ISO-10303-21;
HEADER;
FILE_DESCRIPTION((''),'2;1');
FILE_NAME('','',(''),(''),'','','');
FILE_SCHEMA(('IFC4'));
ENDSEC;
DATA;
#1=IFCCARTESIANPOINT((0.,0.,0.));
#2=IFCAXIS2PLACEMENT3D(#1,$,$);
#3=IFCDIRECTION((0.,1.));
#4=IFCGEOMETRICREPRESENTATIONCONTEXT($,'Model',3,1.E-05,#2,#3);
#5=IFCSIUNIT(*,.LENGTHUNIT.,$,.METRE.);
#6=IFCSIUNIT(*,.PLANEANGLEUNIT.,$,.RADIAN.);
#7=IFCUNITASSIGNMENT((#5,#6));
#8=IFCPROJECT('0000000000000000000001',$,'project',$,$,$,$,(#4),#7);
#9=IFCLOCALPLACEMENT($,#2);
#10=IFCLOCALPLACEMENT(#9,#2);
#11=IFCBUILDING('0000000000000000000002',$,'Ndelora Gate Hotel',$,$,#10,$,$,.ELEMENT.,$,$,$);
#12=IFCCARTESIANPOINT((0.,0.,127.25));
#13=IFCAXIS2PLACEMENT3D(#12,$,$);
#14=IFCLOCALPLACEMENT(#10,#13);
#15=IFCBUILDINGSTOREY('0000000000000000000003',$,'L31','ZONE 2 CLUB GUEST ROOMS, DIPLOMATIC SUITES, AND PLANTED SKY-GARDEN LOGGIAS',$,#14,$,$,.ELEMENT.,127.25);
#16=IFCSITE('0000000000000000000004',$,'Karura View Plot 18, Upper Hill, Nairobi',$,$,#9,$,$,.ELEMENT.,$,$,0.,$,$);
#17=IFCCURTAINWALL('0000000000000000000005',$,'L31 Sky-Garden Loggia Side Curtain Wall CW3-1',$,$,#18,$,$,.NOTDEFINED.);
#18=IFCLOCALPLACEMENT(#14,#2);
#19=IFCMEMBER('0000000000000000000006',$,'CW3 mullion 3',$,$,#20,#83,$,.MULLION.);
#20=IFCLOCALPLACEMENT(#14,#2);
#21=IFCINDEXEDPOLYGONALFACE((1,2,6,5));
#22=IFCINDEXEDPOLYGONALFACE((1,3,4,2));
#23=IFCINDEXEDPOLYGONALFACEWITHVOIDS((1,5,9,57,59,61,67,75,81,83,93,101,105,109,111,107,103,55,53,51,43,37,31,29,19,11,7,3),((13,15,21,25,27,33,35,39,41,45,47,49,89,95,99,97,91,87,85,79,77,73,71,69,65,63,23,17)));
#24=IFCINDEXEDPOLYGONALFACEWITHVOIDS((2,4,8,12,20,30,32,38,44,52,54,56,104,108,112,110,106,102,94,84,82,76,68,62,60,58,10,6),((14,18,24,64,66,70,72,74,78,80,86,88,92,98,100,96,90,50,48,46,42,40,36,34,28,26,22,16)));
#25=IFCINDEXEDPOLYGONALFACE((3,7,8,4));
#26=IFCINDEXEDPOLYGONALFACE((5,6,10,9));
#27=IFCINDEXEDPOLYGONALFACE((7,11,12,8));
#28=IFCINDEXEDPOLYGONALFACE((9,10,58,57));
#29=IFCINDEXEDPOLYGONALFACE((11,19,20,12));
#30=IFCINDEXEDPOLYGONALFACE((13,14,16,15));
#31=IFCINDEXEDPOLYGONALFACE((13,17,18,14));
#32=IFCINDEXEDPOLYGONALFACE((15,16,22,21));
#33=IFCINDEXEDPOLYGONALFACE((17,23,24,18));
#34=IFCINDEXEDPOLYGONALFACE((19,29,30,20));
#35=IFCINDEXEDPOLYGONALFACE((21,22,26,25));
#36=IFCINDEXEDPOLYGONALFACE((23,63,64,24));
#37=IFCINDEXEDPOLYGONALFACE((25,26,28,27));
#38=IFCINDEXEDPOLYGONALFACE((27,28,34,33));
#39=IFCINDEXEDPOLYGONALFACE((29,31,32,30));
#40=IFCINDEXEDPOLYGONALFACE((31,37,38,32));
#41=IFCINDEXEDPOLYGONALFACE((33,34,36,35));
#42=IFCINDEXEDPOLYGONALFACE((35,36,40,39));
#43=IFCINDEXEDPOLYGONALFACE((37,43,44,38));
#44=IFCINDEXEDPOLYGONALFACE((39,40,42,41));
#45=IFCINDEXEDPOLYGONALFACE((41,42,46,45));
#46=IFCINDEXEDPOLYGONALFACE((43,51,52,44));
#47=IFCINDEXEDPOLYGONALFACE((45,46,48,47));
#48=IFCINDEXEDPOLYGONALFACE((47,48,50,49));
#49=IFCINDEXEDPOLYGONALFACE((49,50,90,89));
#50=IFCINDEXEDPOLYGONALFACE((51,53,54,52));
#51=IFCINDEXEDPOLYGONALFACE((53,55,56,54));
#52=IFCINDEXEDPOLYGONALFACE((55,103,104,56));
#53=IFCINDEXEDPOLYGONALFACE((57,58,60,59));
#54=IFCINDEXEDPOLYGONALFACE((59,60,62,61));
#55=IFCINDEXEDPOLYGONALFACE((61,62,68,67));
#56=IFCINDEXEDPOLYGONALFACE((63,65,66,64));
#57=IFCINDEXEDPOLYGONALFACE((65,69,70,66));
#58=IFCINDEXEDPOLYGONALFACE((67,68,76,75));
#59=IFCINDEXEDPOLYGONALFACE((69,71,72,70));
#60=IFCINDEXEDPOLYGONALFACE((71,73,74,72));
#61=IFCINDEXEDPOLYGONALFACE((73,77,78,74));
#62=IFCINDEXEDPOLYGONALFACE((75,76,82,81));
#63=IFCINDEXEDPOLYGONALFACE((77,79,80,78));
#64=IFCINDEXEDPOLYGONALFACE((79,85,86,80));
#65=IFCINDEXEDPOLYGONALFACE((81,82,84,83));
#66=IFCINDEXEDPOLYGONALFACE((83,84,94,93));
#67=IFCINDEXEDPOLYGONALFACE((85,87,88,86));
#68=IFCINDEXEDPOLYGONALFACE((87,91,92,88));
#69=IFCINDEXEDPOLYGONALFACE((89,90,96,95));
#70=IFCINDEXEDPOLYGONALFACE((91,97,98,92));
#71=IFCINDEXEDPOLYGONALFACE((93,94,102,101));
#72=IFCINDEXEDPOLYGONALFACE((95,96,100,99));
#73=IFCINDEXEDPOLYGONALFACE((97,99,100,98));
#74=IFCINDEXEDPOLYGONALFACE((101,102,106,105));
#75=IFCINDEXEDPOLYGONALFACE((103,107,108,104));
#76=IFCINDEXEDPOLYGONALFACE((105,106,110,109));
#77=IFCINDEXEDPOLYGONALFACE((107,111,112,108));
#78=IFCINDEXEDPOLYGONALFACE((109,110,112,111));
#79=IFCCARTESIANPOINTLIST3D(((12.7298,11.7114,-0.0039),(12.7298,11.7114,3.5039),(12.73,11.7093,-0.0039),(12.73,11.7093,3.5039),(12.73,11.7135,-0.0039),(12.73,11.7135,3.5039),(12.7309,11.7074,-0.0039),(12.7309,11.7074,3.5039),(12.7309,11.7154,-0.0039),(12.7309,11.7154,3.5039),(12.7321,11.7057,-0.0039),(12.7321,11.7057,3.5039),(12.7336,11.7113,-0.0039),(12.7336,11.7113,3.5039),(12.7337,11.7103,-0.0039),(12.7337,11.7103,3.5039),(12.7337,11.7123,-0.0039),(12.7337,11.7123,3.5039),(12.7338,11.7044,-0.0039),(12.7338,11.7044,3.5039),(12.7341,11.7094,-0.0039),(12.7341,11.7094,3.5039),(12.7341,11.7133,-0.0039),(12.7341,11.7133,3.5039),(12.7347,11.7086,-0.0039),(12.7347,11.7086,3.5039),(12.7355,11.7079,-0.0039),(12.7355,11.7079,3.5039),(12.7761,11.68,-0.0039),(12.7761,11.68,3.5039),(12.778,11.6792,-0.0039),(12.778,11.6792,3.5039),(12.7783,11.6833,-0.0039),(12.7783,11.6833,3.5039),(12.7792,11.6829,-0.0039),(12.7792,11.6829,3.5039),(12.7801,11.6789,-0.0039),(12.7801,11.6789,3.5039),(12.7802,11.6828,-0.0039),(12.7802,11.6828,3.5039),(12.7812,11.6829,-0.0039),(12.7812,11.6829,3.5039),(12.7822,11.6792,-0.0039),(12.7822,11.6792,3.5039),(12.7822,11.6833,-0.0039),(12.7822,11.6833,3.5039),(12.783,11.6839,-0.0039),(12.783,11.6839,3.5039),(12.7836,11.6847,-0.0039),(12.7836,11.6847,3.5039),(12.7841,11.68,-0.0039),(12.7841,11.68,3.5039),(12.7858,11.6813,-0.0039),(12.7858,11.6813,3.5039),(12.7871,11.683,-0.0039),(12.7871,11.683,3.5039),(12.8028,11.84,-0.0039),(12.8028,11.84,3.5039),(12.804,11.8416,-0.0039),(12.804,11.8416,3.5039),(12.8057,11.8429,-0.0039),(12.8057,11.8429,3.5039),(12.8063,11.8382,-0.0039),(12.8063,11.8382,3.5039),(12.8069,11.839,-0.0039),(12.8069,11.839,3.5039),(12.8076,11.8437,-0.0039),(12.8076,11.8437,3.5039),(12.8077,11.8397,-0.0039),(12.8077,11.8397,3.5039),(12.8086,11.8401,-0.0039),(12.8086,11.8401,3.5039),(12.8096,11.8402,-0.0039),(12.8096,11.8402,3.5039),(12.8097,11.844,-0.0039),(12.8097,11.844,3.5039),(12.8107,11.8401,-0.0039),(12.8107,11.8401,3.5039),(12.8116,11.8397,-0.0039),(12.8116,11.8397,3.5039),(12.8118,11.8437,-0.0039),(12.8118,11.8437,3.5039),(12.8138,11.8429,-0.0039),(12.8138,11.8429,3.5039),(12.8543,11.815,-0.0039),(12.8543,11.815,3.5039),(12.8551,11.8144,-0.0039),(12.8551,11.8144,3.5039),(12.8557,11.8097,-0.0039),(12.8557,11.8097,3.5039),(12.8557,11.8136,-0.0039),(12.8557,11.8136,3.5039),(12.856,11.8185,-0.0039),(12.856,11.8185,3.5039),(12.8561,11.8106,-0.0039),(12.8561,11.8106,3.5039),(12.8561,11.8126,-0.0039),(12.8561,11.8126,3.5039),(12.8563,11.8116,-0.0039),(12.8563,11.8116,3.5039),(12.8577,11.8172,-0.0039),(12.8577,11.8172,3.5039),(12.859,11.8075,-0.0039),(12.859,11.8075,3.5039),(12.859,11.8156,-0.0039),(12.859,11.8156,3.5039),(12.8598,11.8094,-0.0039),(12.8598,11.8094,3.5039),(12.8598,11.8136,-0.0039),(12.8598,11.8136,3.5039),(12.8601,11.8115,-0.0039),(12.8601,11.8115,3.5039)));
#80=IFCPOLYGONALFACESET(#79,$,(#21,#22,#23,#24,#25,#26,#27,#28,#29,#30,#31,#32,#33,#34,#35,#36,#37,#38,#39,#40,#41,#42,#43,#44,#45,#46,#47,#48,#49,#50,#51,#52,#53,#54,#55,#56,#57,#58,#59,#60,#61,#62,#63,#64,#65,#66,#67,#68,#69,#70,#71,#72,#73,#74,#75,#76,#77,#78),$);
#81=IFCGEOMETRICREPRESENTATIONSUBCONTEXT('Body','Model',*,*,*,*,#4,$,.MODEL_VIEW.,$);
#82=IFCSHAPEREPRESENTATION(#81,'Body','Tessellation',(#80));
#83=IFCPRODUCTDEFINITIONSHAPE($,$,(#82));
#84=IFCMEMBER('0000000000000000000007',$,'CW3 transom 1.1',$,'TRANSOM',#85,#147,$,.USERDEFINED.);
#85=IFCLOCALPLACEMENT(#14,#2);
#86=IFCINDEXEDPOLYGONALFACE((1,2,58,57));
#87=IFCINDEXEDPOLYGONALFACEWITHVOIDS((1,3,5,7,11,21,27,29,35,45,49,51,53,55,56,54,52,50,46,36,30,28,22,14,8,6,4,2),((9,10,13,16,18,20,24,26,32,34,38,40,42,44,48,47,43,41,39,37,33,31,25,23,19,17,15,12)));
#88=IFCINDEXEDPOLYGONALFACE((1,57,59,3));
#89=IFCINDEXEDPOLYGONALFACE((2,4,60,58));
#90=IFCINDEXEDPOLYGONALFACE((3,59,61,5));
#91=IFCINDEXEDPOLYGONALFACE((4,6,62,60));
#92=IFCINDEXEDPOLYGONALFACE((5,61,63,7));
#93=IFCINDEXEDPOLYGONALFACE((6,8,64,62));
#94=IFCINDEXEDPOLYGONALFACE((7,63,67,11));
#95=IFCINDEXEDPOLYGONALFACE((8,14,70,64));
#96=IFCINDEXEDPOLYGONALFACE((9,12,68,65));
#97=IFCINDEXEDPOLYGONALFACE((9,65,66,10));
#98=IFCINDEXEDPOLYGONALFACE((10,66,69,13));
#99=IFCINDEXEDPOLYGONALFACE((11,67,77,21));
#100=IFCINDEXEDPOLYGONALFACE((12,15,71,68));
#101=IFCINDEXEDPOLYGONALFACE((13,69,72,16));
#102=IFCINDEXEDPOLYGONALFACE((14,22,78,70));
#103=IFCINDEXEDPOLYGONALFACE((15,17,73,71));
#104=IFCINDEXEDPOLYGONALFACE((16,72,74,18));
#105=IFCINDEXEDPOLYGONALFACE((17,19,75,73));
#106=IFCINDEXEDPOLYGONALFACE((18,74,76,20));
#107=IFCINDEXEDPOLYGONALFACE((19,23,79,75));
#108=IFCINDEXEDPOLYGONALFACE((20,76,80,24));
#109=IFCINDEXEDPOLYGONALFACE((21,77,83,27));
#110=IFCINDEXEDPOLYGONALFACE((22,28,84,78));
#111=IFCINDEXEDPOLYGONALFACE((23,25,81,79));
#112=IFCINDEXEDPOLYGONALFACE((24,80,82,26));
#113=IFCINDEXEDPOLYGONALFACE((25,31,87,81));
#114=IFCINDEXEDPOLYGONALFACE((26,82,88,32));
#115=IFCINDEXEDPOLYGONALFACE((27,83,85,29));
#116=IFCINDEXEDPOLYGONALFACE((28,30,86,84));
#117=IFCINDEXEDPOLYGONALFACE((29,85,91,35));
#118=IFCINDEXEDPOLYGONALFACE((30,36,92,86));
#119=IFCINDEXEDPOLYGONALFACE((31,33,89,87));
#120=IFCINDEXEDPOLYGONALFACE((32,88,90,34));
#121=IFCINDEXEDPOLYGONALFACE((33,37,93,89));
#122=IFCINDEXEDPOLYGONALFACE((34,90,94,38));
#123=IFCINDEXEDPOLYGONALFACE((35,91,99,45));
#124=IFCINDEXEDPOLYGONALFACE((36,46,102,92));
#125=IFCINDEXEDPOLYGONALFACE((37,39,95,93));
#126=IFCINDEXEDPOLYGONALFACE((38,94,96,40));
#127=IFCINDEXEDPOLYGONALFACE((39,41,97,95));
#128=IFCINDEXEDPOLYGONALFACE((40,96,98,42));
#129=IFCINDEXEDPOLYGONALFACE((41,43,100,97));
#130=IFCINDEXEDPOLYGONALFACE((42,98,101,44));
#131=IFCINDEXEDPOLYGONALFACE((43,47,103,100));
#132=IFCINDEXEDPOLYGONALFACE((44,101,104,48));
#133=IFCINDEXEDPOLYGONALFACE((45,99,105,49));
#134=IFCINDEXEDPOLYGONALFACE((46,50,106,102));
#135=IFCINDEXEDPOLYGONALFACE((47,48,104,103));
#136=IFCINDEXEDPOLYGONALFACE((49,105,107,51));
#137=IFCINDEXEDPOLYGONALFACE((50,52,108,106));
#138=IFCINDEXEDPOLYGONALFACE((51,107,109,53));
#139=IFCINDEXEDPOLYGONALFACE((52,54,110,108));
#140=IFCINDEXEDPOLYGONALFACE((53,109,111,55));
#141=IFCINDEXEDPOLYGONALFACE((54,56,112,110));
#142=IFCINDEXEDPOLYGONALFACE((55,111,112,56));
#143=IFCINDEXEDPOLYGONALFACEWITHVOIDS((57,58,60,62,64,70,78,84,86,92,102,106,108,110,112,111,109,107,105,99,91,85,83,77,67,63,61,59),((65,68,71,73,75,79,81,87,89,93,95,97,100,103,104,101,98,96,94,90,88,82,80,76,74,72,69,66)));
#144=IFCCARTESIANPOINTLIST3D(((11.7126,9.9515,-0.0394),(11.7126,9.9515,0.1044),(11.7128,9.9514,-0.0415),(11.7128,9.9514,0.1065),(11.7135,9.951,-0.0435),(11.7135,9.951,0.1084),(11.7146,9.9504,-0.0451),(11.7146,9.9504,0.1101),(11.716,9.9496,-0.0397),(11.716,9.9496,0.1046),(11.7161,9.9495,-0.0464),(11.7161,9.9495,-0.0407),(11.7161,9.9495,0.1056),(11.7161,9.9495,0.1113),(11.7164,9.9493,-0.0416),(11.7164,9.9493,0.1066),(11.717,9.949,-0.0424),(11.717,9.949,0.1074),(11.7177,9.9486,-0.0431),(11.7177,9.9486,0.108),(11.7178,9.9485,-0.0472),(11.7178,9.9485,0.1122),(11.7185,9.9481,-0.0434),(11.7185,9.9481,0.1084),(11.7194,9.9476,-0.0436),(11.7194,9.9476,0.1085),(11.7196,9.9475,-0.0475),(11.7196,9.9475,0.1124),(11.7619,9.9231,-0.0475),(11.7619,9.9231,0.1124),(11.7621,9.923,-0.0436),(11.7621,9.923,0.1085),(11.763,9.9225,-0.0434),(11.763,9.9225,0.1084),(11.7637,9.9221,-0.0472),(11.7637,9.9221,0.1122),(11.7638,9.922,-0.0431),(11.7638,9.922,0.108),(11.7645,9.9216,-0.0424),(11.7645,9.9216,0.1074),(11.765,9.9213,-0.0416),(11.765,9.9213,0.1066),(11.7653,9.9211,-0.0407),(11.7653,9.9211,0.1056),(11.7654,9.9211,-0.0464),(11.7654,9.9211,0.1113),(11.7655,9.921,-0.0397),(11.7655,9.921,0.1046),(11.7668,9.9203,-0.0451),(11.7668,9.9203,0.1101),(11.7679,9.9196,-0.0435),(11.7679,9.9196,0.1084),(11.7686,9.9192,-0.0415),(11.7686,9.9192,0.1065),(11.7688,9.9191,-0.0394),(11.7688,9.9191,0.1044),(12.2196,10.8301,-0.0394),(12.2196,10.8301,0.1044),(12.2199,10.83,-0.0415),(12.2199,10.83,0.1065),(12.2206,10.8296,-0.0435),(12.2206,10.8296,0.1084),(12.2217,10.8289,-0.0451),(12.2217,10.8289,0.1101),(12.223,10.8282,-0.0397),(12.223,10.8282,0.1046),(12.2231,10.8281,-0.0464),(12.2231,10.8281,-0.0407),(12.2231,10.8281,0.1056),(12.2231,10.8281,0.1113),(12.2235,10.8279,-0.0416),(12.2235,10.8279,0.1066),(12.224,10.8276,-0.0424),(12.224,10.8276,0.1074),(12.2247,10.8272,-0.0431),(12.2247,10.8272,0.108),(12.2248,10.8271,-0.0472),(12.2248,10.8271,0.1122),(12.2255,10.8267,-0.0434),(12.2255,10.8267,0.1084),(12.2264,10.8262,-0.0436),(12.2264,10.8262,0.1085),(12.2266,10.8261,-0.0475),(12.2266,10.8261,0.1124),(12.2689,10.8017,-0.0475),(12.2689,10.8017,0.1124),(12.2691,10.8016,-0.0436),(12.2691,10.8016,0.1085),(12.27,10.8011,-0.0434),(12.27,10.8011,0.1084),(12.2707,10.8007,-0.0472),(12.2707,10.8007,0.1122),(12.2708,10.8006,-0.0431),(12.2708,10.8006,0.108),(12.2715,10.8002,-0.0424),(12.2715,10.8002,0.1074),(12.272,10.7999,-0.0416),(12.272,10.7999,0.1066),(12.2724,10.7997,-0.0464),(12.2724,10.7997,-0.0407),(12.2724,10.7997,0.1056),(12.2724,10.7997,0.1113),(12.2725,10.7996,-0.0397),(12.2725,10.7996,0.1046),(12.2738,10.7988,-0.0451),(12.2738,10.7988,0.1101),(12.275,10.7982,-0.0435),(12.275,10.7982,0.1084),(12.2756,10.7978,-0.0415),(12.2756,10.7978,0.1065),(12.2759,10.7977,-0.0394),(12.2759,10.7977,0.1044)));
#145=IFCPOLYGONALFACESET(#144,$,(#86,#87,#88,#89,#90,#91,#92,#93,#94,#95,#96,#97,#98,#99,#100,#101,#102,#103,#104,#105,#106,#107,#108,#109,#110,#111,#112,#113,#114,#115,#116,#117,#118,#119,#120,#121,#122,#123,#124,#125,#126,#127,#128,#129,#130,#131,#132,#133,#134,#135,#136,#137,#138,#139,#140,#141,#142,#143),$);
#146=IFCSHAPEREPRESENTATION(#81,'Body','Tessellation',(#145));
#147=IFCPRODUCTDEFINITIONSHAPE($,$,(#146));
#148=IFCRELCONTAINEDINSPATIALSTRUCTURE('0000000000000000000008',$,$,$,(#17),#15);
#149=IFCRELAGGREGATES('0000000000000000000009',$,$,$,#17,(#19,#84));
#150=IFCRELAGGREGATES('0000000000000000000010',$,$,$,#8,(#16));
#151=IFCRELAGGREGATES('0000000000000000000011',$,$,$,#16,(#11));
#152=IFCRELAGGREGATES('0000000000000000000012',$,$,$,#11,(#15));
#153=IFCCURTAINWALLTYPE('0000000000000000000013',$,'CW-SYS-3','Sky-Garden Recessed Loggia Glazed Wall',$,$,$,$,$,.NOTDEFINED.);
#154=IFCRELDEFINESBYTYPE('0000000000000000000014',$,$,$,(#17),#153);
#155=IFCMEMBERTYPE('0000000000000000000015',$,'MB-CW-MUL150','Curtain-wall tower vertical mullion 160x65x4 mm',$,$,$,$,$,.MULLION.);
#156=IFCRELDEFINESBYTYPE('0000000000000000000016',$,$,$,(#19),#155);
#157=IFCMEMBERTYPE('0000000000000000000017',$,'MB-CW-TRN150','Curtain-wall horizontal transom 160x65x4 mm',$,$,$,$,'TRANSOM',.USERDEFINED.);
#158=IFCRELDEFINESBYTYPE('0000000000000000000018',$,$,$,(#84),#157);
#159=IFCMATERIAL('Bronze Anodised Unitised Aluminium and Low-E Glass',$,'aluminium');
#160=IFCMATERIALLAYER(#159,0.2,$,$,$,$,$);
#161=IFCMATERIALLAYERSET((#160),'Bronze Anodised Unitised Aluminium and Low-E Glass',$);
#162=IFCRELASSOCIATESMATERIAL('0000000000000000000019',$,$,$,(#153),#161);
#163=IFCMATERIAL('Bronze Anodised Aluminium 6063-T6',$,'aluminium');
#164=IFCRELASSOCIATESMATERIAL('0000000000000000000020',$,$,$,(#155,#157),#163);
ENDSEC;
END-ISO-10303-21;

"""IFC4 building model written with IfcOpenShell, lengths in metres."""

from ifc_helpers import new_model, si_unit, direction, frame, origin, origin_2d, place, context, subcontext, project, spatial, hollow_rectangle, extrude, material, layer, layer_set, material_profile, profile_set, type_object, element, aggregate, save


model = new_model("IFC4")

# Units and contexts
model_context = context("Model", 3, precision=1e-05, world=origin(), true_north=direction((0.0, 1.0)))
body_context = subcontext(model_context, "Body", "Model", "MODEL_VIEW")
ifc_project = project(units=[si_unit("LENGTHUNIT", "METRE"), si_unit("PLANEANGLEUNIT", "RADIAN")], contexts=[model_context])

# Site, building, storey
site_placement = place(None, origin())
site = spatial("IfcSite", under=ifc_project, at=site_placement, Name="Karura View Plot 18, Upper Hill, Nairobi", CompositionType="ELEMENT", RefElevation=0.0)
building_placement = place(site_placement, origin())
building = spatial("IfcBuilding", under=site, at=building_placement, Name="Ndelora Gate Hotel", CompositionType="ELEMENT")
storey_placement = place(building_placement, frame((0.0, 0.0, 127.25)))
storey = spatial("IfcBuildingStorey", under=building, at=storey_placement, Name="L31", Description="ZONE 2 CLUB GUEST ROOMS, DIPLOMATIC SUITES, AND PLANTED SKY-GARDEN LOGGIAS", CompositionType="ELEMENT", Elevation=127.25)

# Curtain wall, members
ifc_material_1 = material(Name="Bronze Anodised Unitised Aluminium and Low-E Glass", Category="aluminium")
ifc_layer_1 = layer(ifc_material_1, 0.2)
ifc_layer_set_1 = layer_set([ifc_layer_1], Name="Bronze Anodised Unitised Aluminium and Low-E Glass")
curtain_wall_type = type_object("IfcCurtainWallType", Name="CW-SYS-3", Description="Sky-Garden Recessed Loggia Glazed Wall", PredefinedType="NOTDEFINED", material=ifc_layer_set_1)
curtain_wall_placement = place(storey_placement, origin())
curtain_wall = element("IfcCurtainWall", 1, at=curtain_wall_placement, inside=storey, type_object=curtain_wall_type, Name="L31 Sky-Garden Loggia Side Curtain Wall CW3-1", PredefinedType="NOTDEFINED")
ifc_material_2 = material(Name="Bronze Anodised Aluminium 6063-T6", Category="aluminium")
ifc_material_profile_1 = material_profile(ifc_material_2, hollow_rectangle(XDim=0.0649, YDim=0.1599, WallThickness=0.0039, InnerFilletRadius=0.0039, OuterFilletRadius=0.0081, at=origin_2d()), Name="ALU 160x65x4")
ifc_profile_set_1 = profile_set([ifc_material_profile_1], Name="Bronze Anodised Aluminium 6063-T6")
member_type_1 = type_object("IfcMemberType", Name="MB-CW-MUL150", Description="Curtain-wall tower vertical mullion 160x65x4 mm", PredefinedType="MULLION", material=ifc_profile_set_1)
member_1_placement = place(storey_placement, frame((12.7949, 11.7615, -0.0039), z_axis=(0.0, 0.0, 1.0), x_axis=(-0.866019, 0.500011, 0.0)))
member_1 = element("IfcMember", 2, at=member_1_placement, type_object=member_type_1, Name="CW3 mullion 3", PredefinedType="MULLION", context=body_context, shape_type="SweptSolid", body=[
    extrude(hollow_rectangle(XDim=0.0649, YDim=0.1599, WallThickness=0.0039, InnerFilletRadius=0.0039, OuterFilletRadius=0.0081, at=origin_2d()), origin(), (0.0, 0.0, 1.0), 3.5078),
])
ifc_material_profile_2 = material_profile(ifc_material_2, hollow_rectangle(XDim=0.0649, YDim=0.1599, WallThickness=0.0039, InnerFilletRadius=0.0039, OuterFilletRadius=0.0081, at=origin_2d()), Name="ALU 160x65x4")
ifc_profile_set_2 = profile_set([ifc_material_profile_2], Name="Bronze Anodised Aluminium 6063-T6")
member_type_2 = type_object("IfcMemberType", Name="MB-CW-TRN150", Description="Curtain-wall horizontal transom 160x65x4 mm", ElementType="TRANSOM", PredefinedType="USERDEFINED", material=ifc_profile_set_2)
member_2_placement = place(storey_placement, frame((11.7407, 9.9353, 0.0325), z_axis=(0.499841, 0.866117, 0.0), x_axis=(-0.866117, 0.499841, 0.0)))
member_2 = element("IfcMember", 3, at=member_2_placement, type_object=member_type_2, Name="CW3 transom 1.1", ObjectType="TRANSOM", PredefinedType="USERDEFINED", context=body_context, shape_type="SweptSolid", body=[
    extrude(hollow_rectangle(XDim=0.0649, YDim=0.1599, WallThickness=0.0039, InnerFilletRadius=0.0039, OuterFilletRadius=0.0081, at=origin_2d()), origin(), (0.0, 0.0, 1.0), 1.0144),
])
aggregate(curtain_wall, [member_1, member_2])

save(model, "model.ifc")
